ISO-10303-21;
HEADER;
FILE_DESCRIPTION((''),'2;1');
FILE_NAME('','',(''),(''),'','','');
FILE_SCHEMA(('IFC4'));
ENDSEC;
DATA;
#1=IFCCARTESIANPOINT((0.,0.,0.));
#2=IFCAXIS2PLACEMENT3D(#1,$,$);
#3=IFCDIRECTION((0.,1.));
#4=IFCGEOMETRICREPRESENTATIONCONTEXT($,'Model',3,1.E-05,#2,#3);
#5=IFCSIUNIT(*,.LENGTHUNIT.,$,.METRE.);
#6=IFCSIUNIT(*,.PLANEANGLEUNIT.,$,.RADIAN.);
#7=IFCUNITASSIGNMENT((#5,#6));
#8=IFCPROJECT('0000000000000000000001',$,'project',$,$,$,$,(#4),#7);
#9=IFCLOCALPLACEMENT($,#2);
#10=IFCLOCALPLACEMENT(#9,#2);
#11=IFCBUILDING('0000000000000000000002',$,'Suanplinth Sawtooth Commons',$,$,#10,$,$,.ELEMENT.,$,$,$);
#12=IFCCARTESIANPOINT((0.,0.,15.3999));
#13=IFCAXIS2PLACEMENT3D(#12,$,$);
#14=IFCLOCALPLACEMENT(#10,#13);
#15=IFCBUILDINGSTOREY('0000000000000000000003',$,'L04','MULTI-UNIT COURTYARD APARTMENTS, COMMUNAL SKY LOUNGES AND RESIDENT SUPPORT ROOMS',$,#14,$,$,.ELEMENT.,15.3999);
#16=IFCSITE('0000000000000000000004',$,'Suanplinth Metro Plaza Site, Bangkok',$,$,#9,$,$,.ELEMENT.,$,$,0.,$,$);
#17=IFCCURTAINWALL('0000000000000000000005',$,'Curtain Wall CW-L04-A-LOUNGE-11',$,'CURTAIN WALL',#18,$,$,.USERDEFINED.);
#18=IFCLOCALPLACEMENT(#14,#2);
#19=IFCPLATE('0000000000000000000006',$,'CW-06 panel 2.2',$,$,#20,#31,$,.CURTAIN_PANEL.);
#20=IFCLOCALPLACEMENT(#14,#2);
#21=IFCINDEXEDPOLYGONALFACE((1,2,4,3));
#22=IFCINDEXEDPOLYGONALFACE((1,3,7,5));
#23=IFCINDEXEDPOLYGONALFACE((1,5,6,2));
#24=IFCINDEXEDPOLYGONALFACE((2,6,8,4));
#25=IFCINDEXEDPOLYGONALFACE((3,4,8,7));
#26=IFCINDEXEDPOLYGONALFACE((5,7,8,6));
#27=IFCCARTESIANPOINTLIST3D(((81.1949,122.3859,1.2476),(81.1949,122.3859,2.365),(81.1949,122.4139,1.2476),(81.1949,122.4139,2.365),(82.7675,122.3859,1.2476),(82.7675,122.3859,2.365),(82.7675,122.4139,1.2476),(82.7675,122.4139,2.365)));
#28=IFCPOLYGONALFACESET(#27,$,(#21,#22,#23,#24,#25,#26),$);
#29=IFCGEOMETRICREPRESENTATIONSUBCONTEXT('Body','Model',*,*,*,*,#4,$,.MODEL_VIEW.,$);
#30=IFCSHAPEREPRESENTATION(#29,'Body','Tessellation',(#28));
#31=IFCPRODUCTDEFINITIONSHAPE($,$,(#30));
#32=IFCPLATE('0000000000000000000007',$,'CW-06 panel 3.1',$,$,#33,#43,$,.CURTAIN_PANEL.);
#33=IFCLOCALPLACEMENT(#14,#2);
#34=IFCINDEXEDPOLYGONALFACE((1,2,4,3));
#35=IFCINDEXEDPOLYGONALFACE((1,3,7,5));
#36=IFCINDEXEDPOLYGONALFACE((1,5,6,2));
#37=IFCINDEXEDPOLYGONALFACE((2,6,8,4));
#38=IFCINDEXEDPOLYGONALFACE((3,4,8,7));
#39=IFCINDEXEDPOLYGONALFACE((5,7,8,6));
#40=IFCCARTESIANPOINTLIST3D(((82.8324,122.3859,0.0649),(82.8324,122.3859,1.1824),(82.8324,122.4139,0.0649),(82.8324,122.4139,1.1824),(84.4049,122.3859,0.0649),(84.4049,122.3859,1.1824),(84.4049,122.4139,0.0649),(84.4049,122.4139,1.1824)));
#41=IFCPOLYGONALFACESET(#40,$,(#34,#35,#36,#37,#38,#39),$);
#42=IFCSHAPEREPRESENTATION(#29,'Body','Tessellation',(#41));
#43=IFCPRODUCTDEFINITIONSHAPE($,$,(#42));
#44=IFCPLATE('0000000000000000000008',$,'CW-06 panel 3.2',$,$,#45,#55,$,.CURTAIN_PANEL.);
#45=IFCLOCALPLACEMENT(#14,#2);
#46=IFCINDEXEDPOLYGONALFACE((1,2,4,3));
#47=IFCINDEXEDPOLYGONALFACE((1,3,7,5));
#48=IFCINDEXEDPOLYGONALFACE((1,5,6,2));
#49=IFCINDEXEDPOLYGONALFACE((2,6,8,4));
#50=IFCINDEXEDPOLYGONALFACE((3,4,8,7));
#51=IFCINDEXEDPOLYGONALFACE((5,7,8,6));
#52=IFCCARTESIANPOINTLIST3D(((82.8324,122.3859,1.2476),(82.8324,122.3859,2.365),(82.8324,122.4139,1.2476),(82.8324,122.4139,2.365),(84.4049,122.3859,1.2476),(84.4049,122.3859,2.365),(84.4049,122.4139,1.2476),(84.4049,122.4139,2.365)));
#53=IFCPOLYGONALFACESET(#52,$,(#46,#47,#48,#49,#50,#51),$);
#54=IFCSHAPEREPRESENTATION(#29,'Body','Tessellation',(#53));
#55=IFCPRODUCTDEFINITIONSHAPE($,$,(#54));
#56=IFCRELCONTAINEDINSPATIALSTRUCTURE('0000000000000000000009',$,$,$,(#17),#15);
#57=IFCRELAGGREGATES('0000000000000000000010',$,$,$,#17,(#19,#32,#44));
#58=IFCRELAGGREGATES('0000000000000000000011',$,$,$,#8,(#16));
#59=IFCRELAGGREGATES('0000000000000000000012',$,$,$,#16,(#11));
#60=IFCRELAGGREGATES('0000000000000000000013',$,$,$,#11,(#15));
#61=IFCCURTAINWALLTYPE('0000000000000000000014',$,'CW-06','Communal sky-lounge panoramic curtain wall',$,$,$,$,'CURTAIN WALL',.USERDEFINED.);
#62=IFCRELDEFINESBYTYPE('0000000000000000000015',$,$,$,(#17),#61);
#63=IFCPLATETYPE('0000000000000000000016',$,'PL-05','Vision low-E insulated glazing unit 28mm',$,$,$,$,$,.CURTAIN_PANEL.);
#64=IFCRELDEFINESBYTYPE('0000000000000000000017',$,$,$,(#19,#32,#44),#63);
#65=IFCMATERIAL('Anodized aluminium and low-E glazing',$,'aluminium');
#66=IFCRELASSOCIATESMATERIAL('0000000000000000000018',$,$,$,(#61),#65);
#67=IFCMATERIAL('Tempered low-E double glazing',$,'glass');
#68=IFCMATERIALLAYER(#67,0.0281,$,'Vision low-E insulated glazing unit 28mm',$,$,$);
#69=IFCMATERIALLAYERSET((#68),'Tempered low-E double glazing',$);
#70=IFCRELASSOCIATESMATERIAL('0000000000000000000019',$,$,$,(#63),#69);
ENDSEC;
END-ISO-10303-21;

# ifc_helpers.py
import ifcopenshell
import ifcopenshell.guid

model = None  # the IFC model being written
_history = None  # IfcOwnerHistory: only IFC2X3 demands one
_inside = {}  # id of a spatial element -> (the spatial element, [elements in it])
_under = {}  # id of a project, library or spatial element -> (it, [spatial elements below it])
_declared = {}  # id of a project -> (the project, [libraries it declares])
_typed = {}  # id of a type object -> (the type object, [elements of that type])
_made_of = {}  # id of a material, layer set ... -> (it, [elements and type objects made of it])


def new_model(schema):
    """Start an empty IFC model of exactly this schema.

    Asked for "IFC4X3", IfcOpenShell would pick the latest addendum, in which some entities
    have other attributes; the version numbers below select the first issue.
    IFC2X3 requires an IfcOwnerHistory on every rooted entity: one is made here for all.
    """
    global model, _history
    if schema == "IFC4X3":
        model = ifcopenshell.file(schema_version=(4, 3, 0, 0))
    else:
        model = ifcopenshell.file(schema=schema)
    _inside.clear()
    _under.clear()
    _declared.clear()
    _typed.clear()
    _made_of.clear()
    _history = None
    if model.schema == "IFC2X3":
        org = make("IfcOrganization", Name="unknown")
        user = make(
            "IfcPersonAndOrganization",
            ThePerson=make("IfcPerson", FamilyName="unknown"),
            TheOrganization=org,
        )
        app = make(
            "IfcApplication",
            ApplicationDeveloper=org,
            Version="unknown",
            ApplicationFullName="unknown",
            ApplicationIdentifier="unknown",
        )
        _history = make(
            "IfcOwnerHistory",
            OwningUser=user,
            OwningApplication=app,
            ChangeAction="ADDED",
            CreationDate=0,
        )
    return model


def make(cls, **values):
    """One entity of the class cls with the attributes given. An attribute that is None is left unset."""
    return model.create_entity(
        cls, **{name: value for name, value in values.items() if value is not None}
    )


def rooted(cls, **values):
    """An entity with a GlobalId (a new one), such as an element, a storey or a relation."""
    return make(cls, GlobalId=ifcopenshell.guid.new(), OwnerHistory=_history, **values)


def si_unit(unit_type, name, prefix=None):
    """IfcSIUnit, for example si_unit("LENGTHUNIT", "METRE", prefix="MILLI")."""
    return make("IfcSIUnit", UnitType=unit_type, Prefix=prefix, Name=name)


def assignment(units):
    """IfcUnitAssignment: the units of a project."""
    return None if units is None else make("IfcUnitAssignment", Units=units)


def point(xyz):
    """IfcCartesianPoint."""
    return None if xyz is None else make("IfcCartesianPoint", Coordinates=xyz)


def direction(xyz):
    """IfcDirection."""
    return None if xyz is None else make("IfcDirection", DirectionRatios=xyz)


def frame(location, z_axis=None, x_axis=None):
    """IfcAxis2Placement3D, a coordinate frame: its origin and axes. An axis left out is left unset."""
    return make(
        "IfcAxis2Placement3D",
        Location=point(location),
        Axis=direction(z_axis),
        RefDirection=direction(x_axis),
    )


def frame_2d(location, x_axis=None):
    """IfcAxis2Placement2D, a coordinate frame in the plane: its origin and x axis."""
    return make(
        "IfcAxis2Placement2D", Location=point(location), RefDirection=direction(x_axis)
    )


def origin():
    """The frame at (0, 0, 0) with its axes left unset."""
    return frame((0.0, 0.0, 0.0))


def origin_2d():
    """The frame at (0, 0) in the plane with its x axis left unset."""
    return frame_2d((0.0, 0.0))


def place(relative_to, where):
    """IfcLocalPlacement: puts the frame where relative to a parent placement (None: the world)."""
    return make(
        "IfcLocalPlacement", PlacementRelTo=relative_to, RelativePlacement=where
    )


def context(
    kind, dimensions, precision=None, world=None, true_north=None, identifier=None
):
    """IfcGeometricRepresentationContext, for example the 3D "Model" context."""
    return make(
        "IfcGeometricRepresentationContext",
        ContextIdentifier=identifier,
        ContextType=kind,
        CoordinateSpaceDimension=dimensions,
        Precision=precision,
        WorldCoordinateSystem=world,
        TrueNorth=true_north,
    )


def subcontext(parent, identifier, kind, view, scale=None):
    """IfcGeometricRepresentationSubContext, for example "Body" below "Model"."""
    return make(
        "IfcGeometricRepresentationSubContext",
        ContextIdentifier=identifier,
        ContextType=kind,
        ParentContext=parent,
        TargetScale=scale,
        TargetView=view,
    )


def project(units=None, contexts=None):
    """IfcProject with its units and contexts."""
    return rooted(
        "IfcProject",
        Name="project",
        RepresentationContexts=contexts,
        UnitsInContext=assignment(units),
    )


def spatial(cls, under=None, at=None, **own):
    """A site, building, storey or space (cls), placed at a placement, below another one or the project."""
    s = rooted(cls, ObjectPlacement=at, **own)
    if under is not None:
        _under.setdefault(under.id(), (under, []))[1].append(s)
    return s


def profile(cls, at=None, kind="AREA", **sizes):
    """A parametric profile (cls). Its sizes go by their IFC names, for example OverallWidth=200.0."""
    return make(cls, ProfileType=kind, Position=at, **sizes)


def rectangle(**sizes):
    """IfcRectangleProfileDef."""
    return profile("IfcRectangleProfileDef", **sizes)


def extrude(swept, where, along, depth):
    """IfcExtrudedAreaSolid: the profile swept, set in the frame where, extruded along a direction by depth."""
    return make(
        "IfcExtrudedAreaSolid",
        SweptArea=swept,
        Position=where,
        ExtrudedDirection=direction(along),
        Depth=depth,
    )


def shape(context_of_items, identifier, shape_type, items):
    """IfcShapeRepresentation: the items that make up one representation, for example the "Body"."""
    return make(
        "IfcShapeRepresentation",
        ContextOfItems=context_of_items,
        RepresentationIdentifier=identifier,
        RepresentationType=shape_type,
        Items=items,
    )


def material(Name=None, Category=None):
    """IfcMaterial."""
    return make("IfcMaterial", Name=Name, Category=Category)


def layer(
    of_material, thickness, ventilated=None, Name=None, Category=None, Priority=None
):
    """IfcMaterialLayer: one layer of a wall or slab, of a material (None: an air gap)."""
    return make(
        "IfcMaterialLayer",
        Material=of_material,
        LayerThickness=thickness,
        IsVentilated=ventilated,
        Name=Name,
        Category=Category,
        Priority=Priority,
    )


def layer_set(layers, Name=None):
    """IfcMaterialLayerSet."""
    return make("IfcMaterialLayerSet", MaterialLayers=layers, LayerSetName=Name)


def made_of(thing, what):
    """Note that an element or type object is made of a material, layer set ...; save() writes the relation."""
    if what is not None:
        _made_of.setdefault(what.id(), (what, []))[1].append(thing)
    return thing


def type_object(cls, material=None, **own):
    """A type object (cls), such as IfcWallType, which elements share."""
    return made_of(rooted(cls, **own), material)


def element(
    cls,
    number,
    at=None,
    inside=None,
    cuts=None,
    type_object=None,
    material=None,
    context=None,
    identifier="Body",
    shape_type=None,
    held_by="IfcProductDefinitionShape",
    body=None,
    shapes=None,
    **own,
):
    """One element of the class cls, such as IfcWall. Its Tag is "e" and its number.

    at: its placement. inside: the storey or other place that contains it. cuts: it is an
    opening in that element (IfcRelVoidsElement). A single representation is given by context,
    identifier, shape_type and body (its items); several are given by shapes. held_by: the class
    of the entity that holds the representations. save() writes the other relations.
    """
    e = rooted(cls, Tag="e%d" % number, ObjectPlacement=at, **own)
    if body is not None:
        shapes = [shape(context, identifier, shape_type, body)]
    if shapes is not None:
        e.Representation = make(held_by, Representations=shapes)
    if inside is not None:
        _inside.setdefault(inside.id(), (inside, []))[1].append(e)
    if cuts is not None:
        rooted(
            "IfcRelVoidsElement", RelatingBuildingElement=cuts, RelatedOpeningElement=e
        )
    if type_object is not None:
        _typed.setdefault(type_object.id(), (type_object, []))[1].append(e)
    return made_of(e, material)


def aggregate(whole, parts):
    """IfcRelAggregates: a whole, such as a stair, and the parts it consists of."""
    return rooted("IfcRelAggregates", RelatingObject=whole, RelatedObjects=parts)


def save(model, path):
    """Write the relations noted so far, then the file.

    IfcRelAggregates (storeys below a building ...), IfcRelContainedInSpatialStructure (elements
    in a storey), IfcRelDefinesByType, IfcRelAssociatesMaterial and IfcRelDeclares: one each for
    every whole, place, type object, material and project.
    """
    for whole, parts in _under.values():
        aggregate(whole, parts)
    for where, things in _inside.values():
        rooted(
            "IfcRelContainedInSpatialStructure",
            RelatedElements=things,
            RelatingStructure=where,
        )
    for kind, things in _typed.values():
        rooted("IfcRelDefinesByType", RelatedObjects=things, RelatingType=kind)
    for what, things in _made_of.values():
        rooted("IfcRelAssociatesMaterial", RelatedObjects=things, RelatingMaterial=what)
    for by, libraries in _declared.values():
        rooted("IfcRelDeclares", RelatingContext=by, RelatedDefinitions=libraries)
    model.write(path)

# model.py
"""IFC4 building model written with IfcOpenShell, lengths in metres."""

from ifc_helpers import new_model, si_unit, direction, frame, origin, origin_2d, place, context, subcontext, project, spatial, rectangle, extrude, material, layer, layer_set, type_object, element, aggregate, save


model = new_model("IFC4")

# Units and contexts
model_context = context("Model", 3, precision=1e-05, world=origin(), true_north=direction((0.0, 1.0)))
body_context = subcontext(model_context, "Body", "Model", "MODEL_VIEW")
ifc_project = project(units=[si_unit("LENGTHUNIT", "METRE"), si_unit("PLANEANGLEUNIT", "RADIAN")], contexts=[model_context])

# Site, building, storey
site_placement = place(None, origin())
site = spatial("IfcSite", under=ifc_project, at=site_placement, Name="Suanplinth Metro Plaza Site, Bangkok", CompositionType="ELEMENT", RefElevation=0.0)
building_placement = place(site_placement, origin())
building = spatial("IfcBuilding", under=site, at=building_placement, Name="Suanplinth Sawtooth Commons", CompositionType="ELEMENT")
storey_placement = place(building_placement, frame((0.0, 0.0, 15.3999)))
storey = spatial("IfcBuildingStorey", under=building, at=storey_placement, Name="L04", Description="MULTI-UNIT COURTYARD APARTMENTS, COMMUNAL SKY LOUNGES AND RESIDENT SUPPORT ROOMS", CompositionType="ELEMENT", Elevation=15.3999)

# Curtain wall
ifc_material_1 = material(Name="Anodized aluminium and low-E glazing", Category="aluminium")
curtain_wall_type = type_object("IfcCurtainWallType", Name="CW-06", Description="Communal sky-lounge panoramic curtain wall", ElementType="CURTAIN WALL", PredefinedType="USERDEFINED", material=ifc_material_1)
curtain_wall_placement = place(storey_placement, origin())
curtain_wall = element("IfcCurtainWall", 1, at=curtain_wall_placement, inside=storey, type_object=curtain_wall_type, Name="Curtain Wall CW-L04-A-LOUNGE-11", ObjectType="CURTAIN WALL", PredefinedType="USERDEFINED")

# Plates
ifc_material_2 = material(Name="Tempered low-E double glazing", Category="glass")
ifc_layer_1 = layer(ifc_material_2, 0.0281, Name="Vision low-E insulated glazing unit 28mm")
ifc_layer_set_1 = layer_set([ifc_layer_1], Name="Tempered low-E double glazing")
plate_type_1 = type_object("IfcPlateType", Name="PL-05", Description="Vision low-E insulated glazing unit 28mm", PredefinedType="CURTAIN_PANEL", material=ifc_layer_set_1)
plate_1_placement = place(storey_placement, frame((81.9812, 122.3999, 1.2476), z_axis=(0.0, 0.0, 1.0), x_axis=(1.0, 0.0, 0.0)))
plate_1 = element("IfcPlate", 2, at=plate_1_placement, type_object=plate_type_1, Name="CW-06 panel 2.2", PredefinedType="CURTAIN_PANEL", context=body_context, shape_type="SweptSolid", body=[
    extrude(rectangle(XDim=1.5725, YDim=0.0281, at=origin_2d()), origin(), (0.0, 0.0, 1.0), 1.1174),
])
plate_2_placement = place(storey_placement, frame((83.6187, 122.3999, 0.0649), z_axis=(0.0, 0.0, 1.0), x_axis=(1.0, 0.0, 0.0)))
plate_2 = element("IfcPlate", 3, at=plate_2_placement, type_object=plate_type_1, Name="CW-06 panel 3.1", PredefinedType="CURTAIN_PANEL", context=body_context, shape_type="SweptSolid", body=[
    extrude(rectangle(XDim=1.5725, YDim=0.0281, at=origin_2d()), origin(), (0.0, 0.0, 1.0), 1.1174),
])
plate_3_placement = place(storey_placement, frame((83.6187, 122.3999, 1.2476), z_axis=(0.0, 0.0, 1.0), x_axis=(1.0, 0.0, 0.0)))
plate_3 = element("IfcPlate", 4, at=plate_3_placement, type_object=plate_type_1, Name="CW-06 panel 3.2", PredefinedType="CURTAIN_PANEL", context=body_context, shape_type="SweptSolid", body=[
    extrude(rectangle(XDim=1.5725, YDim=0.0281, at=origin_2d()), origin(), (0.0, 0.0, 1.0), 1.1174),
])
aggregate(curtain_wall, [plate_1, plate_2, plate_3])

save(model, "model.ifc")
